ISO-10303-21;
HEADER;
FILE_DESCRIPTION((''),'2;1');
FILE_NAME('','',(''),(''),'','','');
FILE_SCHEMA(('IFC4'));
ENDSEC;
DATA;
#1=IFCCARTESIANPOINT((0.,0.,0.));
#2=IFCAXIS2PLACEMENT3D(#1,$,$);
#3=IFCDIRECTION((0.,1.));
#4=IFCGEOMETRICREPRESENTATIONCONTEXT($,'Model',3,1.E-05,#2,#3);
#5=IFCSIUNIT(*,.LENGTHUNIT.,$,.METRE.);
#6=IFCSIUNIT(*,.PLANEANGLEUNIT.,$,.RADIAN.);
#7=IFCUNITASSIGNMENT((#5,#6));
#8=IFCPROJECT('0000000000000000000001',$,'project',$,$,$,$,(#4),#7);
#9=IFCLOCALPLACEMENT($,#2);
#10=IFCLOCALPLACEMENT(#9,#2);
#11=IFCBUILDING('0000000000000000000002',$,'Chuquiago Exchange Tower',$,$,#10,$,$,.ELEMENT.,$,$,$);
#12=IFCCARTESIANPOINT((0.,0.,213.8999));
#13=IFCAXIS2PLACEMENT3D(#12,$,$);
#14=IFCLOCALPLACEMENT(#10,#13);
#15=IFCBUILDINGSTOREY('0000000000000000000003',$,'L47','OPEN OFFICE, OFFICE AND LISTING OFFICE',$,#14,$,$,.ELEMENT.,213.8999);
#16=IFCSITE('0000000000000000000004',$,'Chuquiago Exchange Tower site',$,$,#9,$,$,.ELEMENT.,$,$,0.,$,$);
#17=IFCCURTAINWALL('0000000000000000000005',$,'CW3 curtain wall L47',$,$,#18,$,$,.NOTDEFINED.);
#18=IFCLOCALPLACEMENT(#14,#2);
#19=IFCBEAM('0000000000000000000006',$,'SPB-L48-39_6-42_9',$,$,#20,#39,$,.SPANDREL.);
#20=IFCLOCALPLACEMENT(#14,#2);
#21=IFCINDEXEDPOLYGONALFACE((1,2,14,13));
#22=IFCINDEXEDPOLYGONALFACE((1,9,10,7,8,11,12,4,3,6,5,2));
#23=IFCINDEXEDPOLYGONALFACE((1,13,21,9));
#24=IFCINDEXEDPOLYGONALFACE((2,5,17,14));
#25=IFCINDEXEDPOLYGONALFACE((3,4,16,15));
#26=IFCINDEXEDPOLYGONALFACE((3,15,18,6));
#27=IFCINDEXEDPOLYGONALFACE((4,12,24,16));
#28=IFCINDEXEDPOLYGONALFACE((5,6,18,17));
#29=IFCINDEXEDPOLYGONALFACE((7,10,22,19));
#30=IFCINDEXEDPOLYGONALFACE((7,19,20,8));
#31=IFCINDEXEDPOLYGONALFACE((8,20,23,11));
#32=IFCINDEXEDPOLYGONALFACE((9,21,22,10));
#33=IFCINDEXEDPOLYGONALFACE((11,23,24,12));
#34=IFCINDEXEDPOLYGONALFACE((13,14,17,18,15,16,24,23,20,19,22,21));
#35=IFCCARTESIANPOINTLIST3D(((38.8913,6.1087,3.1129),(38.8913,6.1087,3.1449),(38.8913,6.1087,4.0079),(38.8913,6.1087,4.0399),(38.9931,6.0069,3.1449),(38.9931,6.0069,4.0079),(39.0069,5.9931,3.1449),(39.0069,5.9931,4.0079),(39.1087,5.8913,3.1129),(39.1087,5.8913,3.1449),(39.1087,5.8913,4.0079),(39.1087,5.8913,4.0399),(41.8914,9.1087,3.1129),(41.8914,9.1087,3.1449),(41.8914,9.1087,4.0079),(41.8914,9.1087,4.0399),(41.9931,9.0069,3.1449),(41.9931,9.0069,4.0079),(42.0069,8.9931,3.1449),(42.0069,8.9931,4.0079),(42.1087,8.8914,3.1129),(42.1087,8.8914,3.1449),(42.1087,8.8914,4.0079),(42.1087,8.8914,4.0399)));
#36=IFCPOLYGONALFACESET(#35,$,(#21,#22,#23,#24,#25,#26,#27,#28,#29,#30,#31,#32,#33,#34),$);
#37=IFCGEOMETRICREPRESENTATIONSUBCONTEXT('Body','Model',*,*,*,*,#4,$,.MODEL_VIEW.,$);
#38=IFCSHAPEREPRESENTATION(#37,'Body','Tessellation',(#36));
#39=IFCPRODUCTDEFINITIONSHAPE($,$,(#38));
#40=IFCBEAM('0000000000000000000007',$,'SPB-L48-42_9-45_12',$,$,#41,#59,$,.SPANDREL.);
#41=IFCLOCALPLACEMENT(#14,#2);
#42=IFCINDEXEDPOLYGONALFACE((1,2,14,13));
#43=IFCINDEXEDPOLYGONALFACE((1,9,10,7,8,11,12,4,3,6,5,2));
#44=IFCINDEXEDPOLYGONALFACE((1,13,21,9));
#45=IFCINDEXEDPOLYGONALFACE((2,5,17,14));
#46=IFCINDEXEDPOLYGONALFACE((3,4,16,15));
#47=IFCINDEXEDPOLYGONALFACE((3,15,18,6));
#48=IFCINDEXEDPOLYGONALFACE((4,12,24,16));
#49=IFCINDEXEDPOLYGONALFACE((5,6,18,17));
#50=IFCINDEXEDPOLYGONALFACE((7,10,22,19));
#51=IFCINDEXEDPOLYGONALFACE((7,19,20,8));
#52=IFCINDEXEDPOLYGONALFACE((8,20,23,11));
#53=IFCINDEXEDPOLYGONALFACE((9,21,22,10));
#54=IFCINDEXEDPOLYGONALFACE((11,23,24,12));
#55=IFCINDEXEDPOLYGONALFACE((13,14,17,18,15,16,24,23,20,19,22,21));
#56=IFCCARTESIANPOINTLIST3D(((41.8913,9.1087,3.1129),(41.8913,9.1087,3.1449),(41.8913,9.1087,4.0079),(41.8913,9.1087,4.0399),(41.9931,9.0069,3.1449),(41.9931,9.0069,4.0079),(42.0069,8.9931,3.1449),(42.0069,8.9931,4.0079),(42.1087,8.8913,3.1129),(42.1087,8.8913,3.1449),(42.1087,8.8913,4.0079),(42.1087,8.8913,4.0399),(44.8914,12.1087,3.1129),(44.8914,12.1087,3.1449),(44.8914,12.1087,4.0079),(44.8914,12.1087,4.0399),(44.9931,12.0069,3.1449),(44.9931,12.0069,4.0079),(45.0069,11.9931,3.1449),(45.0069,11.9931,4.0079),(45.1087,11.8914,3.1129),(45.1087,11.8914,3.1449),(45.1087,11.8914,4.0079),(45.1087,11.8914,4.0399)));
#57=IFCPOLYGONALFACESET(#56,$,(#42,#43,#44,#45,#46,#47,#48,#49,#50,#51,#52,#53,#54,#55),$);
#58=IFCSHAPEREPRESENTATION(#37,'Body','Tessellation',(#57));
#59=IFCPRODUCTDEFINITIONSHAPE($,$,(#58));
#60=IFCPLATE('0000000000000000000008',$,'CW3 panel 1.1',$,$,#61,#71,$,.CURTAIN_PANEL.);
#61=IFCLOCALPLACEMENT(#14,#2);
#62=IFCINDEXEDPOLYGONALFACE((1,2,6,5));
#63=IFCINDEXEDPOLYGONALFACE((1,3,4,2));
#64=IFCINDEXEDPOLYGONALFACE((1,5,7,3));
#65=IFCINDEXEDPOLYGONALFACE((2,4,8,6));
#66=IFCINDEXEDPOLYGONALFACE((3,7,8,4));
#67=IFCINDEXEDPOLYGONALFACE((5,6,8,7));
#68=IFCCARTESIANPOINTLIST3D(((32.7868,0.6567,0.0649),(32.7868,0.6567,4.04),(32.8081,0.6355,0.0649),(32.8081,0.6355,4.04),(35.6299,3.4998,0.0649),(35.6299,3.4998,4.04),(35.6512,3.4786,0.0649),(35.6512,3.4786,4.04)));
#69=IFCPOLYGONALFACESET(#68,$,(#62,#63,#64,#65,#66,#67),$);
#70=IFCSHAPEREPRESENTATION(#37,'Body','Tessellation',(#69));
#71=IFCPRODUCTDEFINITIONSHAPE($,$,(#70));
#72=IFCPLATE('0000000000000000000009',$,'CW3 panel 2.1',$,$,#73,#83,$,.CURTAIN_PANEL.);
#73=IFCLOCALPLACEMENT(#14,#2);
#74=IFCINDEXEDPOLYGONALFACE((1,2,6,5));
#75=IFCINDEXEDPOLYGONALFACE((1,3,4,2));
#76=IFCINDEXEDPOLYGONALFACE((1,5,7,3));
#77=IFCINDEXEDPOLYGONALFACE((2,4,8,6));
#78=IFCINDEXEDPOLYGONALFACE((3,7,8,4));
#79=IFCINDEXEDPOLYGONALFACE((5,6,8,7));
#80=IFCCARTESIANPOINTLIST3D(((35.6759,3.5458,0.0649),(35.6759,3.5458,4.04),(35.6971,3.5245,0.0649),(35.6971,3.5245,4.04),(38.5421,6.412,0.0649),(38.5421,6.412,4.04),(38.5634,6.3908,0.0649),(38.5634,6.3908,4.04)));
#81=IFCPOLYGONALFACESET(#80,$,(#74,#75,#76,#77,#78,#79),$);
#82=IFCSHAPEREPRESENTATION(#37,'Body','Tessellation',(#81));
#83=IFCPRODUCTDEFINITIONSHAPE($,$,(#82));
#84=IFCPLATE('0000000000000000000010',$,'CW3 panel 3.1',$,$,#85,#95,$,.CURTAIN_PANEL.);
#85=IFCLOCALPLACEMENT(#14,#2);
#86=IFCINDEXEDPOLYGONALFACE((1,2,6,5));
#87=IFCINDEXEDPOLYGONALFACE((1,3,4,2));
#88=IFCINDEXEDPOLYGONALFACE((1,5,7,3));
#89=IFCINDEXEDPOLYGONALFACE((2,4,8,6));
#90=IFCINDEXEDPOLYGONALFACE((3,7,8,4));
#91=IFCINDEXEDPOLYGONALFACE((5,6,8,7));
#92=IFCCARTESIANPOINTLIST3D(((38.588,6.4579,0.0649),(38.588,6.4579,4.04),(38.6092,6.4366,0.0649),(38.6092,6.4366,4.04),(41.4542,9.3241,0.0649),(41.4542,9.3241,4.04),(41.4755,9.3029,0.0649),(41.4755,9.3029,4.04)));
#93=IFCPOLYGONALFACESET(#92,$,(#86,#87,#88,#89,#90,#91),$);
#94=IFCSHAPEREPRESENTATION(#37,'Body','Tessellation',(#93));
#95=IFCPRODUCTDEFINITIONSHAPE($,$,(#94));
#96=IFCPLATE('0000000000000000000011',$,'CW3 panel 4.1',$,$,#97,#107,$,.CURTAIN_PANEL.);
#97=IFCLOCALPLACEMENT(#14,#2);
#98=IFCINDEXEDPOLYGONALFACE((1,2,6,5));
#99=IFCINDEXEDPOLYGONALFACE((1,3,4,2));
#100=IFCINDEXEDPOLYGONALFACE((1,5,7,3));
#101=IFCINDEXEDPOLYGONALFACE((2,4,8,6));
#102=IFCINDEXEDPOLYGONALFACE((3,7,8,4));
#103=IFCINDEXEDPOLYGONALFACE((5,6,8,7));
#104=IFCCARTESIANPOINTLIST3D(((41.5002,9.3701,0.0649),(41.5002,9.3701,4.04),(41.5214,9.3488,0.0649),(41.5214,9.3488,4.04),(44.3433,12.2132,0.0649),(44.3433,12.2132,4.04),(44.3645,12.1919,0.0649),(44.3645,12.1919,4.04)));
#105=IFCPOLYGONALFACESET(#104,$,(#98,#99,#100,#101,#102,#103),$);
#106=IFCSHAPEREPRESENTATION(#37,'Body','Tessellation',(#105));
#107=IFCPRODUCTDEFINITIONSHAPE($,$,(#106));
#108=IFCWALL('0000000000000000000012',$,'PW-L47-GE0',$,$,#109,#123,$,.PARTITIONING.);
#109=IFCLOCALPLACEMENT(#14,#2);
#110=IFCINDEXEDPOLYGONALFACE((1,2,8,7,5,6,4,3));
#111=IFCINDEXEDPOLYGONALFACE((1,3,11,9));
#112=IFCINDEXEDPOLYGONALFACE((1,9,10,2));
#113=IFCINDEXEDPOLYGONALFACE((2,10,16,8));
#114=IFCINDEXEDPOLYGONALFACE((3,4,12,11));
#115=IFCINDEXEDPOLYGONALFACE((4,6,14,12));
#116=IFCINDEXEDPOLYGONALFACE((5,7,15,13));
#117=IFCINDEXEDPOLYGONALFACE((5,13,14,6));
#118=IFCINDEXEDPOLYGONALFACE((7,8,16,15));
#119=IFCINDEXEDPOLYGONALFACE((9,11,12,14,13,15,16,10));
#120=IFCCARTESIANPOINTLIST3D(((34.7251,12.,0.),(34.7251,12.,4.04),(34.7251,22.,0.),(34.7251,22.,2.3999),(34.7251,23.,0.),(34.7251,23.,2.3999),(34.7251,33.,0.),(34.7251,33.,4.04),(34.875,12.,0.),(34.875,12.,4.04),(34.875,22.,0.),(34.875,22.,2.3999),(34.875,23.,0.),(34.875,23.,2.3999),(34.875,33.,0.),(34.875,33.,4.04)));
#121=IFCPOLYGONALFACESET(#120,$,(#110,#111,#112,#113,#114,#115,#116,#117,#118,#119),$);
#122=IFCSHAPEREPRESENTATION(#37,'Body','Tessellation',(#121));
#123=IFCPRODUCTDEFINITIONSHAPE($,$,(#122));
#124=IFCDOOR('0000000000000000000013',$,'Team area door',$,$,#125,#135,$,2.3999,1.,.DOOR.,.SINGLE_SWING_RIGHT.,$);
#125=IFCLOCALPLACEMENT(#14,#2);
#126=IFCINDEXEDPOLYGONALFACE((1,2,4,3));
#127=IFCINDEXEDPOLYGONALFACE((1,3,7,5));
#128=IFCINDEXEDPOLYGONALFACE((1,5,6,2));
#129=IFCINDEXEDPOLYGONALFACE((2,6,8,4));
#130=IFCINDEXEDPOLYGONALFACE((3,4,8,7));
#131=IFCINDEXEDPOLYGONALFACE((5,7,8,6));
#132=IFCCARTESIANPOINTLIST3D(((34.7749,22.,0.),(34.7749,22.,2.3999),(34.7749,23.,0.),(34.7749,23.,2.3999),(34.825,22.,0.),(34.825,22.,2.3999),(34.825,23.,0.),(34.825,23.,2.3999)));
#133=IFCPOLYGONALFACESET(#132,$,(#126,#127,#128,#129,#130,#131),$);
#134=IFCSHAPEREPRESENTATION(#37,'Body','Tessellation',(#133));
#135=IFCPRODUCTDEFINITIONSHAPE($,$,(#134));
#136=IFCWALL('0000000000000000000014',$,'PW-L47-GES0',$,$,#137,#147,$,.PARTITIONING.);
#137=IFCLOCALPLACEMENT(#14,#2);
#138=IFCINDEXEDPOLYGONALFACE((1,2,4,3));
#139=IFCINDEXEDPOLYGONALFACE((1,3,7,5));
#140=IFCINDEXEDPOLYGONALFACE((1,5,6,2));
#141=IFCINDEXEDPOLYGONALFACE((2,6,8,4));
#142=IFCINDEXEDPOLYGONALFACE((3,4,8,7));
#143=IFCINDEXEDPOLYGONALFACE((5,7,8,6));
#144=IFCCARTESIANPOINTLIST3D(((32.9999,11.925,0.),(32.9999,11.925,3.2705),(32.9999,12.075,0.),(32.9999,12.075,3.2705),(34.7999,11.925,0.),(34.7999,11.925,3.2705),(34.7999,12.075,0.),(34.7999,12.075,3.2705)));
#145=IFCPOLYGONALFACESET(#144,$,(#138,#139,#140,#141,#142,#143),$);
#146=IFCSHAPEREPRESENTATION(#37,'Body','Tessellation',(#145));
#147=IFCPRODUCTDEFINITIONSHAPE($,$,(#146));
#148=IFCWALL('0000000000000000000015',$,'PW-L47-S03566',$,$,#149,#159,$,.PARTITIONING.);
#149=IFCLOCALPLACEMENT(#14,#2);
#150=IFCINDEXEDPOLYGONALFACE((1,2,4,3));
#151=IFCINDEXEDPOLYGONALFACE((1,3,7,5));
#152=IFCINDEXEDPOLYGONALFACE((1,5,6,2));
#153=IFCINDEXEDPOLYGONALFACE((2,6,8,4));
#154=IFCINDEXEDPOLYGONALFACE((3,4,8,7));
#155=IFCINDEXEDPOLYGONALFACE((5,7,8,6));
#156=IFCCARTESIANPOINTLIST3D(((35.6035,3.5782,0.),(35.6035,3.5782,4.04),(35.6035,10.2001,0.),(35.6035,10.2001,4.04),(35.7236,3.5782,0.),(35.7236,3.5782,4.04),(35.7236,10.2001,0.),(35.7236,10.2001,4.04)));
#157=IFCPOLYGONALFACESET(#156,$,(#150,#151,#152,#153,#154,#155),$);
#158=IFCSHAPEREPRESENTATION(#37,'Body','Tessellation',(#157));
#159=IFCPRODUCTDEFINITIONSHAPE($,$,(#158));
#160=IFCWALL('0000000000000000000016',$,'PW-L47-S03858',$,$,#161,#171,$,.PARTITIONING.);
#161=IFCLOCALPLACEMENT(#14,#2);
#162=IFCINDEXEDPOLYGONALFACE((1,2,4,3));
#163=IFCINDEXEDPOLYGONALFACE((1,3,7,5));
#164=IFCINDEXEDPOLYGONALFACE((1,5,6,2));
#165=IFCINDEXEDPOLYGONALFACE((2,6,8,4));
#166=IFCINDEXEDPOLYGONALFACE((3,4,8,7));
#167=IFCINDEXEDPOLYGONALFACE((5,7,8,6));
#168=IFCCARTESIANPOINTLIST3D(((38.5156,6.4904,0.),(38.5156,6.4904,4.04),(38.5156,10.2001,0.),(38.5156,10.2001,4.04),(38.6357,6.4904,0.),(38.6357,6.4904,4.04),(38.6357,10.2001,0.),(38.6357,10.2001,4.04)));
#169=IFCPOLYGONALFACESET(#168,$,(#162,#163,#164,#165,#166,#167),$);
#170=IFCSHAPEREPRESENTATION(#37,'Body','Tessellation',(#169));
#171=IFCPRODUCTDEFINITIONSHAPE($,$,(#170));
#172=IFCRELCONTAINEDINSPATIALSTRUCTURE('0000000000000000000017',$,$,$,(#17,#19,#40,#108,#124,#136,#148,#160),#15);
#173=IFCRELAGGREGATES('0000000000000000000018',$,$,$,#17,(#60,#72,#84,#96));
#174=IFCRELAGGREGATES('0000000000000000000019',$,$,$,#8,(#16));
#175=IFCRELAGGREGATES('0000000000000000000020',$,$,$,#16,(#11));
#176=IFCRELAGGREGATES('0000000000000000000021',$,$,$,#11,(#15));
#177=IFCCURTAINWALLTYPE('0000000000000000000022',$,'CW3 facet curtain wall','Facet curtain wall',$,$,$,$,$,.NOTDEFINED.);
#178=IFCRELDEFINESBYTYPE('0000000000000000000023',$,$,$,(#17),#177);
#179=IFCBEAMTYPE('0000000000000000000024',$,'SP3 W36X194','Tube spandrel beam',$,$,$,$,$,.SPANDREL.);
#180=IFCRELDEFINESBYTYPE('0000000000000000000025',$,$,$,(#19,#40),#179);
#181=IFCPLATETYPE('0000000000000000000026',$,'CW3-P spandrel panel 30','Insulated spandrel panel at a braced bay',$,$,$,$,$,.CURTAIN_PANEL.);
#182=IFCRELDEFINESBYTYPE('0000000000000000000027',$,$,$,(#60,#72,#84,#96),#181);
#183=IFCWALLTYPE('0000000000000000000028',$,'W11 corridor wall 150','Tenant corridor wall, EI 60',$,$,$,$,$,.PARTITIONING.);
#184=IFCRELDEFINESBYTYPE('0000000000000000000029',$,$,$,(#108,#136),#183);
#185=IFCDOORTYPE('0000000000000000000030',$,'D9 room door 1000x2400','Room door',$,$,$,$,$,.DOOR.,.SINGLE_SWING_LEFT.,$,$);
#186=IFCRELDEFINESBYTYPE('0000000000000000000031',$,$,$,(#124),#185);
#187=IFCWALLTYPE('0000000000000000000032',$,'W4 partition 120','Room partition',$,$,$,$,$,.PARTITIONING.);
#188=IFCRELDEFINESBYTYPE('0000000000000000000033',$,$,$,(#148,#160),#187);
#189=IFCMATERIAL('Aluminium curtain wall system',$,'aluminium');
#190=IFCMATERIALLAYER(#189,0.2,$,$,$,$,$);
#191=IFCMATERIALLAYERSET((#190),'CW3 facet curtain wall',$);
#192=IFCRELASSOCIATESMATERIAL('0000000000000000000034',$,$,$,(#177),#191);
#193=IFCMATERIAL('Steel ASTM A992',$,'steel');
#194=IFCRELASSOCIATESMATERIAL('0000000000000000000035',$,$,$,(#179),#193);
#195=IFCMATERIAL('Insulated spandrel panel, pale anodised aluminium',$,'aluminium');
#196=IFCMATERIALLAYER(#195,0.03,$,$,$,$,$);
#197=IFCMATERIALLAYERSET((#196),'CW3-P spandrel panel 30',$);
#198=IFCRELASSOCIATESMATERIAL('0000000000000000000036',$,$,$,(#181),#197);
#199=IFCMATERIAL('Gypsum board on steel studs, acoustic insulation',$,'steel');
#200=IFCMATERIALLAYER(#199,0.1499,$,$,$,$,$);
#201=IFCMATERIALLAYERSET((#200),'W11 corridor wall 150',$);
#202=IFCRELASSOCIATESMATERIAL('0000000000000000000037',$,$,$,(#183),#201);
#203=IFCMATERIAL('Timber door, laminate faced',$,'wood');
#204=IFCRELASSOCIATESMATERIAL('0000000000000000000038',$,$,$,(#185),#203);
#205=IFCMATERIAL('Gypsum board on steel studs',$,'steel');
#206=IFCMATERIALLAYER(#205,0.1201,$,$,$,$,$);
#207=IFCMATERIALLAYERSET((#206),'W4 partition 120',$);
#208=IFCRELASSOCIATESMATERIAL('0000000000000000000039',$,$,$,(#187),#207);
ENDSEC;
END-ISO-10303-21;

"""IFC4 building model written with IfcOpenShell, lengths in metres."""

from ifc_helpers import new_model, si_unit, direction, frame, frame_2d, origin, origin_2d, place, context, subcontext, project, spatial, rectangle, i_section, extrude, material, layer, layer_set, material_profile, profile_set, type_object, element, fill, aggregate, save


model = new_model("IFC4")

# Units and contexts
model_context = context("Model", 3, precision=1e-05, world=origin(), true_north=direction((0.0, 1.0)))
body_context = subcontext(model_context, "Body", "Model", "MODEL_VIEW")
ifc_project = project(units=[si_unit("LENGTHUNIT", "METRE"), si_unit("PLANEANGLEUNIT", "RADIAN")], contexts=[model_context])

# Site, building, storey
site_placement = place(None, origin())
site = spatial("IfcSite", under=ifc_project, at=site_placement, Name="Chuquiago Exchange Tower site", CompositionType="ELEMENT", RefElevation=0.0)
building_placement = place(site_placement, origin())
building = spatial("IfcBuilding", under=site, at=building_placement, Name="Chuquiago Exchange Tower", CompositionType="ELEMENT")
storey_placement = place(building_placement, frame((0.0, 0.0, 213.8999)))
storey = spatial("IfcBuildingStorey", under=building, at=storey_placement, Name="L47", Description="OPEN OFFICE, OFFICE AND LISTING OFFICE", CompositionType="ELEMENT", Elevation=213.8999)

# Curtain wall
ifc_material_1 = material(Name="Aluminium curtain wall system", Category="aluminium")
ifc_layer_1 = layer(ifc_material_1, 0.2)
ifc_layer_set_1 = layer_set([ifc_layer_1], Name="CW3 facet curtain wall")
curtain_wall_type = type_object("IfcCurtainWallType", Name="CW3 facet curtain wall", Description="Facet curtain wall", PredefinedType="NOTDEFINED", material=ifc_layer_set_1)
curtain_wall_placement = place(storey_placement, origin())
curtain_wall = element("IfcCurtainWall", 1, at=curtain_wall_placement, inside=storey, type_object=curtain_wall_type, Name="CW3 curtain wall L47", PredefinedType="NOTDEFINED")

# Beams
ifc_material_2 = material(Name="Steel ASTM A992", Category="steel")
ifc_material_profile_1 = material_profile(ifc_material_2, i_section(OverallWidth=0.3074, OverallDepth=0.927, WebThickness=0.0195, FlangeThickness=0.032, at=origin_2d()), Name="W36X194")
ifc_profile_set_1 = profile_set([ifc_material_profile_1], Name="Steel ASTM A992")
beam_type_1 = type_object("IfcBeamType", Name="SP3 W36X194", Description="Tube spandrel beam", PredefinedType="SPANDREL", material=ifc_profile_set_1)
for number, where, z_axis, x_axis, name in (
    (2, (39.0, 6.0, 3.5764), (0.707107, 0.707107, 0.0), (-0.707107, 0.707107, 0.0), "SPB-L48-39_6-42_9"),
    (3, (42.0, 9.0, 3.5764), (0.707107, 0.707107, 0.0), (-0.707107, 0.707107, 0.0), "SPB-L48-42_9-45_12"),
):
    element("IfcBeam", number, at=place(storey_placement, frame(where, z_axis=z_axis, x_axis=x_axis)), inside=storey, type_object=beam_type_1, Name=name, PredefinedType="SPANDREL", context=body_context, shape_type="SweptSolid", body=[
        extrude(i_section(OverallWidth=0.3074, OverallDepth=0.927, WebThickness=0.0195, FlangeThickness=0.032, at=origin_2d()), origin(), (0.0, 0.0, 1.0), 4.2427),
    ])

# Plates
ifc_material_3 = material(Name="Insulated spandrel panel, pale anodised aluminium", Category="aluminium")
ifc_layer_2 = layer(ifc_material_3, 0.03)
ifc_layer_set_2 = layer_set([ifc_layer_2], Name="CW3-P spandrel panel 30")
plate_type = type_object("IfcPlateType", Name="CW3-P spandrel panel 30", Description="Insulated spandrel panel at a braced bay", PredefinedType="CURTAIN_PANEL", material=ifc_layer_set_2)
plate_1_placement = place(storey_placement, frame((34.219, 2.0676, 0.0649), z_axis=(0.0, 0.0, 1.0), x_axis=(0.707107, 0.707107, 0.0)))
plate_1 = element("IfcPlate", 4, at=plate_1_placement, type_object=plate_type, Name="CW3 panel 1.1", PredefinedType="CURTAIN_PANEL", context=body_context, shape_type="SweptSolid", body=[
    extrude(rectangle(XDim=4.0208, YDim=0.03, at=origin_2d()), origin(), (0.0, 0.0, 1.0), 3.9751),
])
plate_2_placement = place(storey_placement, frame((37.1196, 4.9683, 0.0649), z_axis=(0.0, 0.0, 1.0), x_axis=(0.707107, 0.707107, 0.0)))
plate_2 = element("IfcPlate", 5, at=plate_2_placement, type_object=plate_type, Name="CW3 panel 2.1", PredefinedType="CURTAIN_PANEL", context=body_context, shape_type="SweptSolid", body=[
    extrude(rectangle(XDim=4.0535, YDim=0.03, at=origin_2d()), origin(), (0.0, 0.0, 1.0), 3.9751),
])
plate_3_placement = place(storey_placement, frame((40.0317, 7.8804, 0.0649), z_axis=(0.0, 0.0, 1.0), x_axis=(0.707107, 0.707107, 0.0)))
plate_3 = element("IfcPlate", 6, at=plate_3_placement, type_object=plate_type, Name="CW3 panel 3.1", PredefinedType="CURTAIN_PANEL", context=body_context, shape_type="SweptSolid", body=[
    extrude(rectangle(XDim=4.0535, YDim=0.03, at=origin_2d()), origin(), (0.0, 0.0, 1.0), 3.9751),
])
plate_4_placement = place(storey_placement, frame((42.9324, 10.781, 0.0649), z_axis=(0.0, 0.0, 1.0), x_axis=(0.707107, 0.707107, 0.0)))
plate_4 = element("IfcPlate", 7, at=plate_4_placement, type_object=plate_type, Name="CW3 panel 4.1", PredefinedType="CURTAIN_PANEL", context=body_context, shape_type="SweptSolid", body=[
    extrude(rectangle(XDim=4.0208, YDim=0.03, at=origin_2d()), origin(), (0.0, 0.0, 1.0), 3.9751),
])
aggregate(curtain_wall, [plate_1, plate_2, plate_3, plate_4])

# Wall, opening, door
ifc_material_4 = material(Name="Gypsum board on steel studs, acoustic insulation", Category="steel")
ifc_layer_3 = layer(ifc_material_4, 0.1499)
ifc_layer_set_3 = layer_set([ifc_layer_3], Name="W11 corridor wall 150")
wall_type_1 = type_object("IfcWallType", Name="W11 corridor wall 150", Description="Tenant corridor wall, EI 60", PredefinedType="PARTITIONING", material=ifc_layer_set_3)
wall_1_placement = place(storey_placement, frame((34.8, 12.0, 0.0), z_axis=(0.0, 0.0, 1.0), x_axis=(0.0, 1.0, 0.0)))
wall_1 = element("IfcWall", 8, at=wall_1_placement, inside=storey, type_object=wall_type_1, Name="PW-L47-GE0", PredefinedType="PARTITIONING", context=body_context, shape_type="SweptSolid", body=[
    extrude(rectangle(XDim=21.0, YDim=0.1499, at=frame_2d((10.5, 0.0))), origin(), (0.0, 0.0, 1.0), 4.04),
])
opening_1_placement = place(wall_1_placement, frame((10.0, 0.0, 0.0)))
opening_1 = element("IfcOpeningElement", 9, at=opening_1_placement, cuts=wall_1, PredefinedType="OPENING", context=body_context, shape_type="SweptSolid", body=[
    extrude(rectangle(XDim=1.0, YDim=2.3999, at=frame_2d((0.5, 1.2))), frame((0.0, 0.085, 0.0), z_axis=(0.0, -1.0, 0.0), x_axis=(1.0, 0.0, 0.0)), (0.0, 0.0, 1.0), 0.1699),
])
ifc_material_5 = material(Name="Timber door, laminate faced", Category="wood")
door_type = type_object("IfcDoorType", Name="D9 room door 1000x2400", Description="Room door", OperationType="SINGLE_SWING_LEFT", PredefinedType="DOOR", material=ifc_material_5)
door_1_placement = place(opening_1_placement, frame((1.0, 0.0, 0.0), z_axis=(0.0, 0.0, 1.0), x_axis=(-1.0, 0.0, 0.0)))
door_1 = element("IfcDoor", 10, at=door_1_placement, inside=storey, type_object=door_type, Name="Team area door", OperationType="SINGLE_SWING_RIGHT", OverallHeight=2.3999, OverallWidth=1.0, PredefinedType="DOOR", context=body_context, shape_type="SweptSolid", body=[
    extrude(rectangle(XDim=1.0, YDim=2.3999, at=frame_2d((0.5, 1.2))), frame((0.0, 0.0249, 0.0), z_axis=(0.0, -1.0, 0.0), x_axis=(1.0, 0.0, 0.0)), (0.0, 0.0, 1.0), 0.05),
])
fill(opening_1, door_1)

# Walls
wall_2_placement = place(storey_placement, frame((33.0, 12.0, 0.0), z_axis=(0.0, 0.0, 1.0), x_axis=(1.0, 0.0, 0.0)))
element("IfcWall", 11, at=wall_2_placement, inside=storey, type_object=wall_type_1, Name="PW-L47-GES0", PredefinedType="PARTITIONING", context=body_context, shape_type="SweptSolid", body=[
    extrude(rectangle(XDim=1.8, YDim=0.1499, at=frame_2d((0.8999, 0.0))), origin(), (0.0, 0.0, 1.0), 3.2705),
])
ifc_material_6 = material(Name="Gypsum board on steel studs", Category="steel")
ifc_layer_4 = layer(ifc_material_6, 0.1201)
ifc_layer_set_4 = layer_set([ifc_layer_4], Name="W4 partition 120")
wall_type_2 = type_object("IfcWallType", Name="W4 partition 120", Description="Room partition", PredefinedType="PARTITIONING", material=ifc_layer_set_4)
wall_3_placement = place(storey_placement, frame((35.6636, 3.5781, 0.0), z_axis=(0.0, 0.0, 1.0), x_axis=(0.0, 1.0, 0.0)))
element("IfcWall", 12, at=wall_3_placement, inside=storey, type_object=wall_type_2, Name="PW-L47-S03566", PredefinedType="PARTITIONING", context=body_context, shape_type="SweptSolid", body=[
    extrude(rectangle(XDim=6.6218, YDim=0.1201, at=frame_2d((3.311, 0.0))), origin(), (0.0, 0.0, 1.0), 4.04),
])
wall_4_placement = place(storey_placement, frame((38.5757, 6.4902, 0.0), z_axis=(0.0, 0.0, 1.0), x_axis=(0.0, 1.0, 0.0)))
element("IfcWall", 13, at=wall_4_placement, inside=storey, type_object=wall_type_2, Name="PW-L47-S03858", PredefinedType="PARTITIONING", context=body_context, shape_type="SweptSolid", body=[
    extrude(rectangle(XDim=3.7097, YDim=0.1201, at=frame_2d((1.855, 0.0))), origin(), (0.0, 0.0, 1.0), 4.04),
])

save(model, "model.ifc")
